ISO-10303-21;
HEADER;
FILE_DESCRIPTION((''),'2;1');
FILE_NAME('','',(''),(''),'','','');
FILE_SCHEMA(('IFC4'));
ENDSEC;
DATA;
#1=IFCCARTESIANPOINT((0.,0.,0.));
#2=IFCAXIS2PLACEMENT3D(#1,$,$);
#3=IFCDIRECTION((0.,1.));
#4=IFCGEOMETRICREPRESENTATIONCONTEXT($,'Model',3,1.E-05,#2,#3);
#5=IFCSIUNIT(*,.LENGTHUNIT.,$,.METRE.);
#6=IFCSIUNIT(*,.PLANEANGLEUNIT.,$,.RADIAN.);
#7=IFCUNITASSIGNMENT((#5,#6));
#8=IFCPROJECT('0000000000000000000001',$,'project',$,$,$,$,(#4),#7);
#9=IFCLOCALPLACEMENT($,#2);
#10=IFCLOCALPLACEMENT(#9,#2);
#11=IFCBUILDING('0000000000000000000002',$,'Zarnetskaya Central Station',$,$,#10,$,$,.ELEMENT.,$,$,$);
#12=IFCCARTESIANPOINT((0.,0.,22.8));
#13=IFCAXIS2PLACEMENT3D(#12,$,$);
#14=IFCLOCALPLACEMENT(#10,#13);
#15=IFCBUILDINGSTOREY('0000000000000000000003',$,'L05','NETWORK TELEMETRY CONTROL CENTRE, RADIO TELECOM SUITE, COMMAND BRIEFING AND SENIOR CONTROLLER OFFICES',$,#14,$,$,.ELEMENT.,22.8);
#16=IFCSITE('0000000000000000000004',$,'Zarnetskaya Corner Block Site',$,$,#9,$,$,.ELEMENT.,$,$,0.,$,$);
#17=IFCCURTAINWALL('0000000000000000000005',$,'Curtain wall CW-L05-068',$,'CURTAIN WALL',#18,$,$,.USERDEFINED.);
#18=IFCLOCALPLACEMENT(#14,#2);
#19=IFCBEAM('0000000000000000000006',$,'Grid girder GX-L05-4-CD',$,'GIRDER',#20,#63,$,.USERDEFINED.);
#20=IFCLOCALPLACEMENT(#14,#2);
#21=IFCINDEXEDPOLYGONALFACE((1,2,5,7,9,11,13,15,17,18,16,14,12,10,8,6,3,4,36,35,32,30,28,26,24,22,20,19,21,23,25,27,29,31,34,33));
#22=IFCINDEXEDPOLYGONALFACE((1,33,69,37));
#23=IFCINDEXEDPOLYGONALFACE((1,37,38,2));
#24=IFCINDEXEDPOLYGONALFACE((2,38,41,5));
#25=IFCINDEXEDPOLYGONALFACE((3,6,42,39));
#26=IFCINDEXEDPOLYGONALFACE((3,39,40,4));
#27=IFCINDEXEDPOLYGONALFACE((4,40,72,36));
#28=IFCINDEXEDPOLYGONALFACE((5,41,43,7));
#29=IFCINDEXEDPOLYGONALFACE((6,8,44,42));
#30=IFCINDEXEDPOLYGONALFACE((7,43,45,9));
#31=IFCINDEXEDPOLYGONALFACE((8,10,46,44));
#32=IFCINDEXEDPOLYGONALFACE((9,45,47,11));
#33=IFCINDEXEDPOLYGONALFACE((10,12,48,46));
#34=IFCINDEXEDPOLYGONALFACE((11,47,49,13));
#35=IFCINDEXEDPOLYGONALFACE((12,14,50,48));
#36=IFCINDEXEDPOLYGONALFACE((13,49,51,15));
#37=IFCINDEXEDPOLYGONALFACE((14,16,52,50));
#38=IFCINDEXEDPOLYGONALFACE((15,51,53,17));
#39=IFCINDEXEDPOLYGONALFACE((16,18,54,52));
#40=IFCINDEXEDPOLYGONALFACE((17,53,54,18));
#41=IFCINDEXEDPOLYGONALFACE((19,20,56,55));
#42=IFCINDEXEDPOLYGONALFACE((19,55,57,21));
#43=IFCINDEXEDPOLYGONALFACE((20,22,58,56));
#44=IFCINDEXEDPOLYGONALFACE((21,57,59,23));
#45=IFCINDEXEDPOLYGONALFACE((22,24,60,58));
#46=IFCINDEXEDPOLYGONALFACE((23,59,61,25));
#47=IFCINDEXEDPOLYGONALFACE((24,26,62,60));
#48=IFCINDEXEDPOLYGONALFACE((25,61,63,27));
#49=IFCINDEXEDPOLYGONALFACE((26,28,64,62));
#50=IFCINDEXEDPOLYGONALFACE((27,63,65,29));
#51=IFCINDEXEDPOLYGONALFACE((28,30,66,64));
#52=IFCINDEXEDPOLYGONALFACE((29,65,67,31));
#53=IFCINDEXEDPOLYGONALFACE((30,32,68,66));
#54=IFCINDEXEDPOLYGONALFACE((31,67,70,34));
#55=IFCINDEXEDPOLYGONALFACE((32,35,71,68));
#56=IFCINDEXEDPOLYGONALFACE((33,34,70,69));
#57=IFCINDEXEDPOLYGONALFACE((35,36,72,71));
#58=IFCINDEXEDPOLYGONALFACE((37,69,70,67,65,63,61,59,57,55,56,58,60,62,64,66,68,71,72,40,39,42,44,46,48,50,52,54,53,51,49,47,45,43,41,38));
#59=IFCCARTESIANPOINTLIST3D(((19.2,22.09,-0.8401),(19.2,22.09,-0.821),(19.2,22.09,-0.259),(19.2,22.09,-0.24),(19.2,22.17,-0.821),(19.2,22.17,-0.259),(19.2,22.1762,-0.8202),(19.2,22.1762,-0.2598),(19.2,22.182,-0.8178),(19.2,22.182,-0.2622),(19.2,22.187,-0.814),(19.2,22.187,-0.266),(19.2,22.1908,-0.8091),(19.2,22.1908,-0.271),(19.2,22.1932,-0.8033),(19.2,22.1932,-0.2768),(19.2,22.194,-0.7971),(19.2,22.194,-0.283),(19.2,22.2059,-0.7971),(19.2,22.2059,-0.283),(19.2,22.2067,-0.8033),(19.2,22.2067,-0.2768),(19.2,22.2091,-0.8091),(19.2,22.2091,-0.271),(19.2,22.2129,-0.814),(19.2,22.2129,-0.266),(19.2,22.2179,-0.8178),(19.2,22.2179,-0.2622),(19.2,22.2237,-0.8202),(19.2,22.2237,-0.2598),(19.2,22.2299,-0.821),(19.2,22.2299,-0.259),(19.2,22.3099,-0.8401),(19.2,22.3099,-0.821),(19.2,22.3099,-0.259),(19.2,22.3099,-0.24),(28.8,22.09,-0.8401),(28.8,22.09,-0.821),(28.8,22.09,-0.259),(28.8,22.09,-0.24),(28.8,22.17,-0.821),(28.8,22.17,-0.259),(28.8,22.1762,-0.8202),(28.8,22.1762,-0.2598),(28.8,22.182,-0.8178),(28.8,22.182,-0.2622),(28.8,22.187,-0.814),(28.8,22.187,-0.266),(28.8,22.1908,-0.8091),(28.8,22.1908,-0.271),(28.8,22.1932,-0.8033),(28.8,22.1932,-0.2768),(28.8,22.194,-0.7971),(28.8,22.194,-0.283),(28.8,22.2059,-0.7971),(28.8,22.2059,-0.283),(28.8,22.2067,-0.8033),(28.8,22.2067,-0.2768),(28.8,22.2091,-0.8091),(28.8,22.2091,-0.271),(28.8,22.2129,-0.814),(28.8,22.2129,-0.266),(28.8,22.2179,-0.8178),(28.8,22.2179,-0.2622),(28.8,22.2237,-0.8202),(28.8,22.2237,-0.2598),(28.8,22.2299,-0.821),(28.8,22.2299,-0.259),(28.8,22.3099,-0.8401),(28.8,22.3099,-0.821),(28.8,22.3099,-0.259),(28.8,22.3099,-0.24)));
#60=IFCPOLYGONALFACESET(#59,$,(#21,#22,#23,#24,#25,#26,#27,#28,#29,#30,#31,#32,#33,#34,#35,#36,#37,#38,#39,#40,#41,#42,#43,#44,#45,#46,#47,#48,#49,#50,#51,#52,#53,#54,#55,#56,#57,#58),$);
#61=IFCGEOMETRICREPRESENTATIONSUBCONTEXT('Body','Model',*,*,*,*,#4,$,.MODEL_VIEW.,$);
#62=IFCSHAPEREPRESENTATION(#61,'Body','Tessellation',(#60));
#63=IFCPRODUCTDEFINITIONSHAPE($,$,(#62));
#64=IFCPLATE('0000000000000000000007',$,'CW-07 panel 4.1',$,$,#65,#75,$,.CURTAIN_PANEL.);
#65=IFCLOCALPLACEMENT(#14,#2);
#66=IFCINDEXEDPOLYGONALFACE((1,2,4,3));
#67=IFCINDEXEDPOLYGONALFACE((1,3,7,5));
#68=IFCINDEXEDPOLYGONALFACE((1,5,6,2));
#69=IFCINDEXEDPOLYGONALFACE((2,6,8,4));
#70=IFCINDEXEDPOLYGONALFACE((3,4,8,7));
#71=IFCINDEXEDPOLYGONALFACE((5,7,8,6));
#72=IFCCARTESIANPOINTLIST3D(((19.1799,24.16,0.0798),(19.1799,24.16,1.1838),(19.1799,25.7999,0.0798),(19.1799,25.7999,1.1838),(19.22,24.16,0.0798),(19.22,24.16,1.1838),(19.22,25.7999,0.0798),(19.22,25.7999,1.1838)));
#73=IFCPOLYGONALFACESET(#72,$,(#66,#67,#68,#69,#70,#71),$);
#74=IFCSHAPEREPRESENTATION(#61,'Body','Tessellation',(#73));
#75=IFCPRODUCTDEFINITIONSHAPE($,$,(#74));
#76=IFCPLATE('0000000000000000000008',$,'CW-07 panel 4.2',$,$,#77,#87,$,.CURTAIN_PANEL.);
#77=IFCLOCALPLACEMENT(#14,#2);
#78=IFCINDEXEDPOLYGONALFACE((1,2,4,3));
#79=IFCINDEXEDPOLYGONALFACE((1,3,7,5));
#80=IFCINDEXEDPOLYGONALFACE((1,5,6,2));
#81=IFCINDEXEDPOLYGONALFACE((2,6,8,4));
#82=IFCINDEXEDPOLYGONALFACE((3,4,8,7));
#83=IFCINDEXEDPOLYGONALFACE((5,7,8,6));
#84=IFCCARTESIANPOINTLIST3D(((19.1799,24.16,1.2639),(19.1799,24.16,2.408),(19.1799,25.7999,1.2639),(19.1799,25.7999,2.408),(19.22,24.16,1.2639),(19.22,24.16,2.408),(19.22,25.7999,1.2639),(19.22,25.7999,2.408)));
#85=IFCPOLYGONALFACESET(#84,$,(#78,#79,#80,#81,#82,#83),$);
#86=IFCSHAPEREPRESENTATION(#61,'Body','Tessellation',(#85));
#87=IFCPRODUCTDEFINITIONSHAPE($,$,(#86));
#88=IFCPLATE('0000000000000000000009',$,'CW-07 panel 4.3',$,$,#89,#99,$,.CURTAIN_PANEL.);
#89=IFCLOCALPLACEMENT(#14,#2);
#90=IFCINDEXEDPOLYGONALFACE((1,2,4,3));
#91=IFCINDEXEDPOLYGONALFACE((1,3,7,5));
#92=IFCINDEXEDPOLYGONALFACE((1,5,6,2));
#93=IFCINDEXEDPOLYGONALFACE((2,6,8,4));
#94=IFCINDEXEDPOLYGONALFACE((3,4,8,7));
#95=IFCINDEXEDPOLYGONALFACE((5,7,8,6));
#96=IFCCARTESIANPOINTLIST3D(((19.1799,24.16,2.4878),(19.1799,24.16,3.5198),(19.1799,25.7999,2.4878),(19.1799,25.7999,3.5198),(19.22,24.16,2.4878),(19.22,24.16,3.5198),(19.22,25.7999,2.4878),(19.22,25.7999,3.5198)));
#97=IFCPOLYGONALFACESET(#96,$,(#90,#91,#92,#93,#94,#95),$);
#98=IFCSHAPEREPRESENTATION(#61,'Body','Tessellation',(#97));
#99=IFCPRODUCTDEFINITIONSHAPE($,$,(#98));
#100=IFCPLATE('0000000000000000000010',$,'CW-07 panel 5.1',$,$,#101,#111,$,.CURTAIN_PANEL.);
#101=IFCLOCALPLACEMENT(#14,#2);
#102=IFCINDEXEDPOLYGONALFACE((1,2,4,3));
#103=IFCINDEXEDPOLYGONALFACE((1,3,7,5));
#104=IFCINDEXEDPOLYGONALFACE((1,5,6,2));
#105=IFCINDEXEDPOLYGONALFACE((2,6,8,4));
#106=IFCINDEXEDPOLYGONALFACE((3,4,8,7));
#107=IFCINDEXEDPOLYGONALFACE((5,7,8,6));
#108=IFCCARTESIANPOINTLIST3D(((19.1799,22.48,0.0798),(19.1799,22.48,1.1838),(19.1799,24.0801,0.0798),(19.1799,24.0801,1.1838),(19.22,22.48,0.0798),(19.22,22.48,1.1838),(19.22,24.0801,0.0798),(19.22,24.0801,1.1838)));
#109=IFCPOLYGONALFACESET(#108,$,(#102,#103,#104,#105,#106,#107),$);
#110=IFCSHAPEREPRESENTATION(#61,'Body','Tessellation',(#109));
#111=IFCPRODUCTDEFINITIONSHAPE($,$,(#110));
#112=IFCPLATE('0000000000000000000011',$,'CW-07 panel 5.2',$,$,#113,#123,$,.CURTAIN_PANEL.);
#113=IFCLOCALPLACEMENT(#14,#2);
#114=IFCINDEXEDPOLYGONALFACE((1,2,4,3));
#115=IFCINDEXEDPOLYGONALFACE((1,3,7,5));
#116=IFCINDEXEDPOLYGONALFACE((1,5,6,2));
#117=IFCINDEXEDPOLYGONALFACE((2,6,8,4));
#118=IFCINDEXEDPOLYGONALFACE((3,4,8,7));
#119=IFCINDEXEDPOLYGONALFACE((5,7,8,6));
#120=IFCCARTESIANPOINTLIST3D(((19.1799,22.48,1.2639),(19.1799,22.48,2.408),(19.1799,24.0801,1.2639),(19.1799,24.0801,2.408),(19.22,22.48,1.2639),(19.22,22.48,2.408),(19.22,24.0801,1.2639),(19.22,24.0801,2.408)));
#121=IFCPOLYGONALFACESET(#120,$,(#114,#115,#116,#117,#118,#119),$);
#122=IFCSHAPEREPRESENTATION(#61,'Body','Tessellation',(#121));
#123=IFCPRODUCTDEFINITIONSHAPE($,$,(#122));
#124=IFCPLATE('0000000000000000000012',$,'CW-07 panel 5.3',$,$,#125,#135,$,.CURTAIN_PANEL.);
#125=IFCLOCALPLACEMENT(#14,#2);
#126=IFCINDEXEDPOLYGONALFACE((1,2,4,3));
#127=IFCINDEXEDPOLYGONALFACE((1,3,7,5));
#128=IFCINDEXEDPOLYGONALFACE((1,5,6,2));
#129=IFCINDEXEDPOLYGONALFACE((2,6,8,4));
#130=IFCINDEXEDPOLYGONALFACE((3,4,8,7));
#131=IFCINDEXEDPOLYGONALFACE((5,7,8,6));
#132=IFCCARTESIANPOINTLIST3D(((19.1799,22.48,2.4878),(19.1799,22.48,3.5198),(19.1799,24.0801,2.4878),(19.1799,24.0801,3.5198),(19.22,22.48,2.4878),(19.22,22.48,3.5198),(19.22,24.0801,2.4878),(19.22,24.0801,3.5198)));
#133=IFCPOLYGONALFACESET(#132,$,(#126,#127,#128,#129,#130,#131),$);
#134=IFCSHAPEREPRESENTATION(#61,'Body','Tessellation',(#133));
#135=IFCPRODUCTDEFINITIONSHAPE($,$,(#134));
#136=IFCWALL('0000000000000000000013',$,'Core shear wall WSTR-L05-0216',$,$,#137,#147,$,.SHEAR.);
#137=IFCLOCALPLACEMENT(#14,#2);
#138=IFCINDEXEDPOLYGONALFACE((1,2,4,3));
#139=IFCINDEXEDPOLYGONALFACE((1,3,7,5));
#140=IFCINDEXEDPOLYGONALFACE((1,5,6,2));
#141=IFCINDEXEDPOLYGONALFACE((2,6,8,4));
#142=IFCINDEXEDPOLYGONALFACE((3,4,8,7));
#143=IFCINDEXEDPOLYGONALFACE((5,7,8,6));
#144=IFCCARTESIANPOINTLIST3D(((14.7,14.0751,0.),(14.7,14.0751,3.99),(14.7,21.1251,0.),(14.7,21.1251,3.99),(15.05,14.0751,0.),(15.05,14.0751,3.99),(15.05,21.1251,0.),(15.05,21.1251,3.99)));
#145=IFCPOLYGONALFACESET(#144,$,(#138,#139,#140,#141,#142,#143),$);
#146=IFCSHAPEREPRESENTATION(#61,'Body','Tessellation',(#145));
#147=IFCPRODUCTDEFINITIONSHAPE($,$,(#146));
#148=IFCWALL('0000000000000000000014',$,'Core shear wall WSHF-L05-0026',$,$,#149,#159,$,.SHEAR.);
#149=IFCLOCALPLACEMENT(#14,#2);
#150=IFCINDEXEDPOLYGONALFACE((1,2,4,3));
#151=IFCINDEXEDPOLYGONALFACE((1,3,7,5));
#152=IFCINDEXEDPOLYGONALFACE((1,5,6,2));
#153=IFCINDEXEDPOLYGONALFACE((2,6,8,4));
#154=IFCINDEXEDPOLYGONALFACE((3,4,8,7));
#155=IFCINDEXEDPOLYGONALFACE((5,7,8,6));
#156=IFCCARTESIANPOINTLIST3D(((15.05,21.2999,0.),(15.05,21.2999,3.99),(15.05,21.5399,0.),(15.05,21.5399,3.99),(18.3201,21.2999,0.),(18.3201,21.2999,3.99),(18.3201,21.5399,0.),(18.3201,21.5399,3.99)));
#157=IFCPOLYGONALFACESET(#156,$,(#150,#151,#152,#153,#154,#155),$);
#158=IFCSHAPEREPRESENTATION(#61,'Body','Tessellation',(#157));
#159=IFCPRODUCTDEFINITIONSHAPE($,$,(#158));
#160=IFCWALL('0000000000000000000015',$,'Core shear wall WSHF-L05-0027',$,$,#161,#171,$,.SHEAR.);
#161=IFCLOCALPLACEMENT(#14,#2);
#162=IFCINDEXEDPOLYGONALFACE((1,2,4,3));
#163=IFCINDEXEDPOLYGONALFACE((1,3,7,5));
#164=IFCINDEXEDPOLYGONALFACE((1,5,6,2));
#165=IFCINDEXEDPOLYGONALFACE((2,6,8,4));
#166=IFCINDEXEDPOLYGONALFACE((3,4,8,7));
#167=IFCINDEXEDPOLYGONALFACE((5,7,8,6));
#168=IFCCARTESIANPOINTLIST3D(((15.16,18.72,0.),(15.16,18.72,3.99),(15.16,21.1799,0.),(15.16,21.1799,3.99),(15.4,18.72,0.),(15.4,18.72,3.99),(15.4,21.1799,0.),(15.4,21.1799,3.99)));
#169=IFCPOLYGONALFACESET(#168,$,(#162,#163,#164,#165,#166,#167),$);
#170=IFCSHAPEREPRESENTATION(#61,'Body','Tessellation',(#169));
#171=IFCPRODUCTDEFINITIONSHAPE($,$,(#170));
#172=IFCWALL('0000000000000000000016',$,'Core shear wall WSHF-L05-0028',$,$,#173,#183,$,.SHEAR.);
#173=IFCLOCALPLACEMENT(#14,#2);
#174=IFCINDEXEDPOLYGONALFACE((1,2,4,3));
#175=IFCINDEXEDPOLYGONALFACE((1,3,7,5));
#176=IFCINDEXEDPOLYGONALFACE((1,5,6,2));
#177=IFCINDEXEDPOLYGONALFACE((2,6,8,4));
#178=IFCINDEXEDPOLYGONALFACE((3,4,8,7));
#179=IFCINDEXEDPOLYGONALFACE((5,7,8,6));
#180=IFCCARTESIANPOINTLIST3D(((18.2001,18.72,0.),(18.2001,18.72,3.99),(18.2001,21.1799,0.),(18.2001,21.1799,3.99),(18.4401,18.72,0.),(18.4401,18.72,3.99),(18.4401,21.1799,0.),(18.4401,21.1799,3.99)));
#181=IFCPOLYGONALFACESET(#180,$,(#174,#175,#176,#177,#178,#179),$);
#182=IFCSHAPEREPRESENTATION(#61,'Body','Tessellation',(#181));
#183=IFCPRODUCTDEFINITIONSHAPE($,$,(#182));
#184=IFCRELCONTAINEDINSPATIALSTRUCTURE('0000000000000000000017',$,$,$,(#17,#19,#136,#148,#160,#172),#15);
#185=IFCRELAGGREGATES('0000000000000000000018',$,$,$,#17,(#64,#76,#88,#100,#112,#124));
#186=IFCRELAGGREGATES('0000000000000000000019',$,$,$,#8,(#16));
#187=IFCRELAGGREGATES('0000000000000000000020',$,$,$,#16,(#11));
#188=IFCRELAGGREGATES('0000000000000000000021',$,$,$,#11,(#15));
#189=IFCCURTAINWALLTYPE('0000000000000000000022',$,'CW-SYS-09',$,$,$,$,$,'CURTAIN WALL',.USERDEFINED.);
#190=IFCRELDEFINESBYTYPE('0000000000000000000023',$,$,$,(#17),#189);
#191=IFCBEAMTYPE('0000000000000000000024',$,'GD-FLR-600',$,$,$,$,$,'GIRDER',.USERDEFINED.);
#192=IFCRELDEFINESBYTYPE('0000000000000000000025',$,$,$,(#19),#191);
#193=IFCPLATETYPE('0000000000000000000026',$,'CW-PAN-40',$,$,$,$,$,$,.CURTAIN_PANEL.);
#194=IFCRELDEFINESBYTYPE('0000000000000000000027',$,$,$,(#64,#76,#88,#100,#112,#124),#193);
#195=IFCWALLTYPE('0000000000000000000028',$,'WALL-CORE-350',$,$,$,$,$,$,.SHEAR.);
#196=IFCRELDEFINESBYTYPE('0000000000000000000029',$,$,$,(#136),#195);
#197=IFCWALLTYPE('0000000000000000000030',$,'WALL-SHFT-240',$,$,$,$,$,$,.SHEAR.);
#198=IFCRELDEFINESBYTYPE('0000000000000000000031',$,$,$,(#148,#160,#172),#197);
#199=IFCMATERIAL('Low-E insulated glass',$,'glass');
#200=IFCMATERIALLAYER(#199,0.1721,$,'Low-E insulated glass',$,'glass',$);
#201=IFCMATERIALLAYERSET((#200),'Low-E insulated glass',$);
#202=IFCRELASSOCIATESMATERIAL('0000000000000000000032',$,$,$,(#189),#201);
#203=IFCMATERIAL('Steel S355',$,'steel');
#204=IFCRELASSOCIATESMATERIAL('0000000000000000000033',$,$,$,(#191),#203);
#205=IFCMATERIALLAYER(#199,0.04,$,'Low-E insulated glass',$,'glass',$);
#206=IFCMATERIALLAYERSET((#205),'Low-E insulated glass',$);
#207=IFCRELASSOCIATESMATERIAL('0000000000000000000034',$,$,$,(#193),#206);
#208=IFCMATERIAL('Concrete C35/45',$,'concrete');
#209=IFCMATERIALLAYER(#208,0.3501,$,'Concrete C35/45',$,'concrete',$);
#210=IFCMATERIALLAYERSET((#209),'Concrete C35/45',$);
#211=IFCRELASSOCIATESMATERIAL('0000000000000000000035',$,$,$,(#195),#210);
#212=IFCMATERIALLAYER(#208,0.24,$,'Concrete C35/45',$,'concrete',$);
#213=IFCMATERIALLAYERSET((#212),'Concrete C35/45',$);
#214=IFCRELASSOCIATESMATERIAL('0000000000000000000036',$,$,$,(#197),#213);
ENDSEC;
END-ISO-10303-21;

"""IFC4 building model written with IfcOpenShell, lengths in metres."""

from ifc_helpers import new_model, si_unit, direction, frame, frame_2d, origin, origin_2d, place, context, subcontext, project, spatial, rectangle, i_section, extrude, material, layer, layer_set, material_profile, profile_set, type_object, element, aggregate, save


model = new_model("IFC4")

# Units and contexts
model_context = context("Model", 3, precision=1e-05, world=origin(), true_north=direction((0.0, 1.0)))
body_context = subcontext(model_context, "Body", "Model", "MODEL_VIEW")
ifc_project = project(units=[si_unit("LENGTHUNIT", "METRE"), si_unit("PLANEANGLEUNIT", "RADIAN")], contexts=[model_context])

# Site, building, storey
site_placement = place(None, origin())
site = spatial("IfcSite", under=ifc_project, at=site_placement, Name="Zarnetskaya Corner Block Site", CompositionType="ELEMENT", RefElevation=0.0)
building_placement = place(site_placement, origin())
building = spatial("IfcBuilding", under=site, at=building_placement, Name="Zarnetskaya Central Station", CompositionType="ELEMENT")
storey_placement = place(building_placement, frame((0.0, 0.0, 22.8)))
storey = spatial("IfcBuildingStorey", under=building, at=storey_placement, Name="L05", Description="NETWORK TELEMETRY CONTROL CENTRE, RADIO TELECOM SUITE, COMMAND BRIEFING AND SENIOR CONTROLLER OFFICES", CompositionType="ELEMENT", Elevation=22.8)

# Shared definitions
ifc_material_1 = material(Name="Steel S355", Category="steel")

# Curtain wall
ifc_material_2 = material(Name="Low-E insulated glass", Category="glass")
ifc_layer_1 = layer(ifc_material_2, 0.1721, Name="Low-E insulated glass", Category="glass")
ifc_layer_set_1 = layer_set([ifc_layer_1], Name="Low-E insulated glass")
curtain_wall_type = type_object("IfcCurtainWallType", Name="CW-SYS-09", ElementType="CURTAIN WALL", PredefinedType="USERDEFINED", material=ifc_layer_set_1)
curtain_wall_placement = place(storey_placement, origin())
curtain_wall = element("IfcCurtainWall", 1, at=curtain_wall_placement, inside=storey, type_object=curtain_wall_type, Name="Curtain wall CW-L05-068", ObjectType="CURTAIN WALL", PredefinedType="USERDEFINED")

# Beam
ifc_material_profile_1 = material_profile(ifc_material_1, i_section(OverallWidth=0.22, OverallDepth=0.6001, WebThickness=0.012, FlangeThickness=0.019, FilletRadius=0.0239, at=origin_2d()), Name="IPE 600")
ifc_profile_set_1 = profile_set([ifc_material_profile_1], Name="Steel S355")
beam_type_1 = type_object("IfcBeamType", Name="GD-FLR-600", ElementType="GIRDER", PredefinedType="USERDEFINED", material=ifc_profile_set_1)
beam_1_placement = place(storey_placement, frame((19.2, 22.2, -0.54), z_axis=(1.0, 0.0, 0.0), x_axis=(0.0, 1.0, 0.0)))
element("IfcBeam", 2, at=beam_1_placement, inside=storey, type_object=beam_type_1, Name="Grid girder GX-L05-4-CD", ObjectType="GIRDER", PredefinedType="USERDEFINED", context=body_context, shape_type="SweptSolid", body=[
    extrude(i_section(OverallWidth=0.22, OverallDepth=0.6001, WebThickness=0.012, FlangeThickness=0.019, FilletRadius=0.0239, at=origin_2d()), origin(), (0.0, 0.0, 1.0), 9.6001),
])

# Plates
ifc_layer_2 = layer(ifc_material_2, 0.04, Name="Low-E insulated glass", Category="glass")
ifc_layer_set_2 = layer_set([ifc_layer_2], Name="Low-E insulated glass")
plate_type = type_object("IfcPlateType", Name="CW-PAN-40", PredefinedType="CURTAIN_PANEL", material=ifc_layer_set_2)
plate_1_placement = place(storey_placement, frame((19.2, 24.98, 0.0798), z_axis=(0.0, 0.0, 1.0), x_axis=(0.0, -1.0, 0.0)))
plate_1 = element("IfcPlate", 3, at=plate_1_placement, type_object=plate_type, Name="CW-07 panel 4.1", PredefinedType="CURTAIN_PANEL", context=body_context, shape_type="SweptSolid", body=[
    extrude(rectangle(XDim=1.6399, YDim=0.04, at=origin_2d()), origin(), (0.0, 0.0, 1.0), 1.104),
])
plate_2_placement = place(storey_placement, frame((19.2, 24.98, 1.2639), z_axis=(0.0, 0.0, 1.0), x_axis=(0.0, -1.0, 0.0)))
plate_2 = element("IfcPlate", 4, at=plate_2_placement, type_object=plate_type, Name="CW-07 panel 4.2", PredefinedType="CURTAIN_PANEL", context=body_context, shape_type="SweptSolid", body=[
    extrude(rectangle(XDim=1.6399, YDim=0.04, at=origin_2d()), origin(), (0.0, 0.0, 1.0), 1.144),
])
plate_3_placement = place(storey_placement, frame((19.2, 24.98, 2.4878), z_axis=(0.0, 0.0, 1.0), x_axis=(0.0, -1.0, 0.0)))
plate_3 = element("IfcPlate", 5, at=plate_3_placement, type_object=plate_type, Name="CW-07 panel 4.3", PredefinedType="CURTAIN_PANEL", context=body_context, shape_type="SweptSolid", body=[
    extrude(rectangle(XDim=1.6399, YDim=0.04, at=origin_2d()), origin(), (0.0, 0.0, 1.0), 1.032),
])
plate_4_placement = place(storey_placement, frame((19.2, 23.28, 0.0798), z_axis=(0.0, 0.0, 1.0), x_axis=(0.0, -1.0, 0.0)))
plate_4 = element("IfcPlate", 6, at=plate_4_placement, type_object=plate_type, Name="CW-07 panel 5.1", PredefinedType="CURTAIN_PANEL", context=body_context, shape_type="SweptSolid", body=[
    extrude(rectangle(XDim=1.6001, YDim=0.04, at=origin_2d()), origin(), (0.0, 0.0, 1.0), 1.104),
])
plate_5_placement = place(storey_placement, frame((19.2, 23.28, 1.2639), z_axis=(0.0, 0.0, 1.0), x_axis=(0.0, -1.0, 0.0)))
plate_5 = element("IfcPlate", 7, at=plate_5_placement, type_object=plate_type, Name="CW-07 panel 5.2", PredefinedType="CURTAIN_PANEL", context=body_context, shape_type="SweptSolid", body=[
    extrude(rectangle(XDim=1.6001, YDim=0.04, at=origin_2d()), origin(), (0.0, 0.0, 1.0), 1.144),
])
plate_6_placement = place(storey_placement, frame((19.2, 23.28, 2.4878), z_axis=(0.0, 0.0, 1.0), x_axis=(0.0, -1.0, 0.0)))
plate_6 = element("IfcPlate", 8, at=plate_6_placement, type_object=plate_type, Name="CW-07 panel 5.3", PredefinedType="CURTAIN_PANEL", context=body_context, shape_type="SweptSolid", body=[
    extrude(rectangle(XDim=1.6001, YDim=0.04, at=origin_2d()), origin(), (0.0, 0.0, 1.0), 1.032),
])
aggregate(curtain_wall, [plate_1, plate_2, plate_3, plate_4, plate_5, plate_6])

# Walls
ifc_material_3 = material(Name="Concrete C35/45", Category="concrete")
ifc_layer_3 = layer(ifc_material_3, 0.3501, Name="Concrete C35/45", Category="concrete")
ifc_layer_set_3 = layer_set([ifc_layer_3], Name="Concrete C35/45")
wall_type_1 = type_object("IfcWallType", Name="WALL-CORE-350", PredefinedType="SHEAR", material=ifc_layer_set_3)
wall_1_placement = place(storey_placement, frame((14.875, 21.125, 0.0), z_axis=(0.0, 0.0, 1.0), x_axis=(0.0, -1.0, 0.0)))
element("IfcWall", 9, at=wall_1_placement, inside=storey, type_object=wall_type_1, Name="Core shear wall WSTR-L05-0216", PredefinedType="SHEAR", context=body_context, shape_type="SweptSolid", body=[
    extrude(rectangle(XDim=7.05, YDim=0.3501, at=frame_2d((3.5249, 0.0))), origin(), (0.0, 0.0, 1.0), 3.99),
])
ifc_layer_4 = layer(ifc_material_3, 0.24, Name="Concrete C35/45", Category="concrete")
ifc_layer_set_4 = layer_set([ifc_layer_4], Name="Concrete C35/45")
wall_type_2 = type_object("IfcWallType", Name="WALL-SHFT-240", PredefinedType="SHEAR", material=ifc_layer_set_4)
wall_2_placement = place(storey_placement, frame((15.05, 21.4199, 0.0), z_axis=(0.0, 0.0, 1.0), x_axis=(1.0, 0.0, 0.0)))
element("IfcWall", 10, at=wall_2_placement, inside=storey, type_object=wall_type_2, Name="Core shear wall WSHF-L05-0026", PredefinedType="SHEAR", context=body_context, shape_type="SweptSolid", body=[
    extrude(rectangle(XDim=3.27, YDim=0.24, at=frame_2d((1.635, 0.0))), origin(), (0.0, 0.0, 1.0), 3.99),
])
for number, where, z_axis, x_axis, name in (
    (11, (15.28, 18.72, 0.0), (0.0, 0.0, 1.0), (0.0, 1.0, 0.0), "Core shear wall WSHF-L05-0027"),
    (12, (18.3201, 21.1799, 0.0), (0.0, 0.0, 1.0), (0.0, -1.0, 0.0), "Core shear wall WSHF-L05-0028"),
):
    element("IfcWall", number, at=place(storey_placement, frame(where, z_axis=z_axis, x_axis=x_axis)), inside=storey, type_object=wall_type_2, Name=name, PredefinedType="SHEAR", context=body_context, shape_type="SweptSolid", body=[
        extrude(rectangle(XDim=2.46, YDim=0.24, at=frame_2d((1.23, 0.0))), origin(), (0.0, 0.0, 1.0), 3.99),
    ])

save(model, "model.ifc")
